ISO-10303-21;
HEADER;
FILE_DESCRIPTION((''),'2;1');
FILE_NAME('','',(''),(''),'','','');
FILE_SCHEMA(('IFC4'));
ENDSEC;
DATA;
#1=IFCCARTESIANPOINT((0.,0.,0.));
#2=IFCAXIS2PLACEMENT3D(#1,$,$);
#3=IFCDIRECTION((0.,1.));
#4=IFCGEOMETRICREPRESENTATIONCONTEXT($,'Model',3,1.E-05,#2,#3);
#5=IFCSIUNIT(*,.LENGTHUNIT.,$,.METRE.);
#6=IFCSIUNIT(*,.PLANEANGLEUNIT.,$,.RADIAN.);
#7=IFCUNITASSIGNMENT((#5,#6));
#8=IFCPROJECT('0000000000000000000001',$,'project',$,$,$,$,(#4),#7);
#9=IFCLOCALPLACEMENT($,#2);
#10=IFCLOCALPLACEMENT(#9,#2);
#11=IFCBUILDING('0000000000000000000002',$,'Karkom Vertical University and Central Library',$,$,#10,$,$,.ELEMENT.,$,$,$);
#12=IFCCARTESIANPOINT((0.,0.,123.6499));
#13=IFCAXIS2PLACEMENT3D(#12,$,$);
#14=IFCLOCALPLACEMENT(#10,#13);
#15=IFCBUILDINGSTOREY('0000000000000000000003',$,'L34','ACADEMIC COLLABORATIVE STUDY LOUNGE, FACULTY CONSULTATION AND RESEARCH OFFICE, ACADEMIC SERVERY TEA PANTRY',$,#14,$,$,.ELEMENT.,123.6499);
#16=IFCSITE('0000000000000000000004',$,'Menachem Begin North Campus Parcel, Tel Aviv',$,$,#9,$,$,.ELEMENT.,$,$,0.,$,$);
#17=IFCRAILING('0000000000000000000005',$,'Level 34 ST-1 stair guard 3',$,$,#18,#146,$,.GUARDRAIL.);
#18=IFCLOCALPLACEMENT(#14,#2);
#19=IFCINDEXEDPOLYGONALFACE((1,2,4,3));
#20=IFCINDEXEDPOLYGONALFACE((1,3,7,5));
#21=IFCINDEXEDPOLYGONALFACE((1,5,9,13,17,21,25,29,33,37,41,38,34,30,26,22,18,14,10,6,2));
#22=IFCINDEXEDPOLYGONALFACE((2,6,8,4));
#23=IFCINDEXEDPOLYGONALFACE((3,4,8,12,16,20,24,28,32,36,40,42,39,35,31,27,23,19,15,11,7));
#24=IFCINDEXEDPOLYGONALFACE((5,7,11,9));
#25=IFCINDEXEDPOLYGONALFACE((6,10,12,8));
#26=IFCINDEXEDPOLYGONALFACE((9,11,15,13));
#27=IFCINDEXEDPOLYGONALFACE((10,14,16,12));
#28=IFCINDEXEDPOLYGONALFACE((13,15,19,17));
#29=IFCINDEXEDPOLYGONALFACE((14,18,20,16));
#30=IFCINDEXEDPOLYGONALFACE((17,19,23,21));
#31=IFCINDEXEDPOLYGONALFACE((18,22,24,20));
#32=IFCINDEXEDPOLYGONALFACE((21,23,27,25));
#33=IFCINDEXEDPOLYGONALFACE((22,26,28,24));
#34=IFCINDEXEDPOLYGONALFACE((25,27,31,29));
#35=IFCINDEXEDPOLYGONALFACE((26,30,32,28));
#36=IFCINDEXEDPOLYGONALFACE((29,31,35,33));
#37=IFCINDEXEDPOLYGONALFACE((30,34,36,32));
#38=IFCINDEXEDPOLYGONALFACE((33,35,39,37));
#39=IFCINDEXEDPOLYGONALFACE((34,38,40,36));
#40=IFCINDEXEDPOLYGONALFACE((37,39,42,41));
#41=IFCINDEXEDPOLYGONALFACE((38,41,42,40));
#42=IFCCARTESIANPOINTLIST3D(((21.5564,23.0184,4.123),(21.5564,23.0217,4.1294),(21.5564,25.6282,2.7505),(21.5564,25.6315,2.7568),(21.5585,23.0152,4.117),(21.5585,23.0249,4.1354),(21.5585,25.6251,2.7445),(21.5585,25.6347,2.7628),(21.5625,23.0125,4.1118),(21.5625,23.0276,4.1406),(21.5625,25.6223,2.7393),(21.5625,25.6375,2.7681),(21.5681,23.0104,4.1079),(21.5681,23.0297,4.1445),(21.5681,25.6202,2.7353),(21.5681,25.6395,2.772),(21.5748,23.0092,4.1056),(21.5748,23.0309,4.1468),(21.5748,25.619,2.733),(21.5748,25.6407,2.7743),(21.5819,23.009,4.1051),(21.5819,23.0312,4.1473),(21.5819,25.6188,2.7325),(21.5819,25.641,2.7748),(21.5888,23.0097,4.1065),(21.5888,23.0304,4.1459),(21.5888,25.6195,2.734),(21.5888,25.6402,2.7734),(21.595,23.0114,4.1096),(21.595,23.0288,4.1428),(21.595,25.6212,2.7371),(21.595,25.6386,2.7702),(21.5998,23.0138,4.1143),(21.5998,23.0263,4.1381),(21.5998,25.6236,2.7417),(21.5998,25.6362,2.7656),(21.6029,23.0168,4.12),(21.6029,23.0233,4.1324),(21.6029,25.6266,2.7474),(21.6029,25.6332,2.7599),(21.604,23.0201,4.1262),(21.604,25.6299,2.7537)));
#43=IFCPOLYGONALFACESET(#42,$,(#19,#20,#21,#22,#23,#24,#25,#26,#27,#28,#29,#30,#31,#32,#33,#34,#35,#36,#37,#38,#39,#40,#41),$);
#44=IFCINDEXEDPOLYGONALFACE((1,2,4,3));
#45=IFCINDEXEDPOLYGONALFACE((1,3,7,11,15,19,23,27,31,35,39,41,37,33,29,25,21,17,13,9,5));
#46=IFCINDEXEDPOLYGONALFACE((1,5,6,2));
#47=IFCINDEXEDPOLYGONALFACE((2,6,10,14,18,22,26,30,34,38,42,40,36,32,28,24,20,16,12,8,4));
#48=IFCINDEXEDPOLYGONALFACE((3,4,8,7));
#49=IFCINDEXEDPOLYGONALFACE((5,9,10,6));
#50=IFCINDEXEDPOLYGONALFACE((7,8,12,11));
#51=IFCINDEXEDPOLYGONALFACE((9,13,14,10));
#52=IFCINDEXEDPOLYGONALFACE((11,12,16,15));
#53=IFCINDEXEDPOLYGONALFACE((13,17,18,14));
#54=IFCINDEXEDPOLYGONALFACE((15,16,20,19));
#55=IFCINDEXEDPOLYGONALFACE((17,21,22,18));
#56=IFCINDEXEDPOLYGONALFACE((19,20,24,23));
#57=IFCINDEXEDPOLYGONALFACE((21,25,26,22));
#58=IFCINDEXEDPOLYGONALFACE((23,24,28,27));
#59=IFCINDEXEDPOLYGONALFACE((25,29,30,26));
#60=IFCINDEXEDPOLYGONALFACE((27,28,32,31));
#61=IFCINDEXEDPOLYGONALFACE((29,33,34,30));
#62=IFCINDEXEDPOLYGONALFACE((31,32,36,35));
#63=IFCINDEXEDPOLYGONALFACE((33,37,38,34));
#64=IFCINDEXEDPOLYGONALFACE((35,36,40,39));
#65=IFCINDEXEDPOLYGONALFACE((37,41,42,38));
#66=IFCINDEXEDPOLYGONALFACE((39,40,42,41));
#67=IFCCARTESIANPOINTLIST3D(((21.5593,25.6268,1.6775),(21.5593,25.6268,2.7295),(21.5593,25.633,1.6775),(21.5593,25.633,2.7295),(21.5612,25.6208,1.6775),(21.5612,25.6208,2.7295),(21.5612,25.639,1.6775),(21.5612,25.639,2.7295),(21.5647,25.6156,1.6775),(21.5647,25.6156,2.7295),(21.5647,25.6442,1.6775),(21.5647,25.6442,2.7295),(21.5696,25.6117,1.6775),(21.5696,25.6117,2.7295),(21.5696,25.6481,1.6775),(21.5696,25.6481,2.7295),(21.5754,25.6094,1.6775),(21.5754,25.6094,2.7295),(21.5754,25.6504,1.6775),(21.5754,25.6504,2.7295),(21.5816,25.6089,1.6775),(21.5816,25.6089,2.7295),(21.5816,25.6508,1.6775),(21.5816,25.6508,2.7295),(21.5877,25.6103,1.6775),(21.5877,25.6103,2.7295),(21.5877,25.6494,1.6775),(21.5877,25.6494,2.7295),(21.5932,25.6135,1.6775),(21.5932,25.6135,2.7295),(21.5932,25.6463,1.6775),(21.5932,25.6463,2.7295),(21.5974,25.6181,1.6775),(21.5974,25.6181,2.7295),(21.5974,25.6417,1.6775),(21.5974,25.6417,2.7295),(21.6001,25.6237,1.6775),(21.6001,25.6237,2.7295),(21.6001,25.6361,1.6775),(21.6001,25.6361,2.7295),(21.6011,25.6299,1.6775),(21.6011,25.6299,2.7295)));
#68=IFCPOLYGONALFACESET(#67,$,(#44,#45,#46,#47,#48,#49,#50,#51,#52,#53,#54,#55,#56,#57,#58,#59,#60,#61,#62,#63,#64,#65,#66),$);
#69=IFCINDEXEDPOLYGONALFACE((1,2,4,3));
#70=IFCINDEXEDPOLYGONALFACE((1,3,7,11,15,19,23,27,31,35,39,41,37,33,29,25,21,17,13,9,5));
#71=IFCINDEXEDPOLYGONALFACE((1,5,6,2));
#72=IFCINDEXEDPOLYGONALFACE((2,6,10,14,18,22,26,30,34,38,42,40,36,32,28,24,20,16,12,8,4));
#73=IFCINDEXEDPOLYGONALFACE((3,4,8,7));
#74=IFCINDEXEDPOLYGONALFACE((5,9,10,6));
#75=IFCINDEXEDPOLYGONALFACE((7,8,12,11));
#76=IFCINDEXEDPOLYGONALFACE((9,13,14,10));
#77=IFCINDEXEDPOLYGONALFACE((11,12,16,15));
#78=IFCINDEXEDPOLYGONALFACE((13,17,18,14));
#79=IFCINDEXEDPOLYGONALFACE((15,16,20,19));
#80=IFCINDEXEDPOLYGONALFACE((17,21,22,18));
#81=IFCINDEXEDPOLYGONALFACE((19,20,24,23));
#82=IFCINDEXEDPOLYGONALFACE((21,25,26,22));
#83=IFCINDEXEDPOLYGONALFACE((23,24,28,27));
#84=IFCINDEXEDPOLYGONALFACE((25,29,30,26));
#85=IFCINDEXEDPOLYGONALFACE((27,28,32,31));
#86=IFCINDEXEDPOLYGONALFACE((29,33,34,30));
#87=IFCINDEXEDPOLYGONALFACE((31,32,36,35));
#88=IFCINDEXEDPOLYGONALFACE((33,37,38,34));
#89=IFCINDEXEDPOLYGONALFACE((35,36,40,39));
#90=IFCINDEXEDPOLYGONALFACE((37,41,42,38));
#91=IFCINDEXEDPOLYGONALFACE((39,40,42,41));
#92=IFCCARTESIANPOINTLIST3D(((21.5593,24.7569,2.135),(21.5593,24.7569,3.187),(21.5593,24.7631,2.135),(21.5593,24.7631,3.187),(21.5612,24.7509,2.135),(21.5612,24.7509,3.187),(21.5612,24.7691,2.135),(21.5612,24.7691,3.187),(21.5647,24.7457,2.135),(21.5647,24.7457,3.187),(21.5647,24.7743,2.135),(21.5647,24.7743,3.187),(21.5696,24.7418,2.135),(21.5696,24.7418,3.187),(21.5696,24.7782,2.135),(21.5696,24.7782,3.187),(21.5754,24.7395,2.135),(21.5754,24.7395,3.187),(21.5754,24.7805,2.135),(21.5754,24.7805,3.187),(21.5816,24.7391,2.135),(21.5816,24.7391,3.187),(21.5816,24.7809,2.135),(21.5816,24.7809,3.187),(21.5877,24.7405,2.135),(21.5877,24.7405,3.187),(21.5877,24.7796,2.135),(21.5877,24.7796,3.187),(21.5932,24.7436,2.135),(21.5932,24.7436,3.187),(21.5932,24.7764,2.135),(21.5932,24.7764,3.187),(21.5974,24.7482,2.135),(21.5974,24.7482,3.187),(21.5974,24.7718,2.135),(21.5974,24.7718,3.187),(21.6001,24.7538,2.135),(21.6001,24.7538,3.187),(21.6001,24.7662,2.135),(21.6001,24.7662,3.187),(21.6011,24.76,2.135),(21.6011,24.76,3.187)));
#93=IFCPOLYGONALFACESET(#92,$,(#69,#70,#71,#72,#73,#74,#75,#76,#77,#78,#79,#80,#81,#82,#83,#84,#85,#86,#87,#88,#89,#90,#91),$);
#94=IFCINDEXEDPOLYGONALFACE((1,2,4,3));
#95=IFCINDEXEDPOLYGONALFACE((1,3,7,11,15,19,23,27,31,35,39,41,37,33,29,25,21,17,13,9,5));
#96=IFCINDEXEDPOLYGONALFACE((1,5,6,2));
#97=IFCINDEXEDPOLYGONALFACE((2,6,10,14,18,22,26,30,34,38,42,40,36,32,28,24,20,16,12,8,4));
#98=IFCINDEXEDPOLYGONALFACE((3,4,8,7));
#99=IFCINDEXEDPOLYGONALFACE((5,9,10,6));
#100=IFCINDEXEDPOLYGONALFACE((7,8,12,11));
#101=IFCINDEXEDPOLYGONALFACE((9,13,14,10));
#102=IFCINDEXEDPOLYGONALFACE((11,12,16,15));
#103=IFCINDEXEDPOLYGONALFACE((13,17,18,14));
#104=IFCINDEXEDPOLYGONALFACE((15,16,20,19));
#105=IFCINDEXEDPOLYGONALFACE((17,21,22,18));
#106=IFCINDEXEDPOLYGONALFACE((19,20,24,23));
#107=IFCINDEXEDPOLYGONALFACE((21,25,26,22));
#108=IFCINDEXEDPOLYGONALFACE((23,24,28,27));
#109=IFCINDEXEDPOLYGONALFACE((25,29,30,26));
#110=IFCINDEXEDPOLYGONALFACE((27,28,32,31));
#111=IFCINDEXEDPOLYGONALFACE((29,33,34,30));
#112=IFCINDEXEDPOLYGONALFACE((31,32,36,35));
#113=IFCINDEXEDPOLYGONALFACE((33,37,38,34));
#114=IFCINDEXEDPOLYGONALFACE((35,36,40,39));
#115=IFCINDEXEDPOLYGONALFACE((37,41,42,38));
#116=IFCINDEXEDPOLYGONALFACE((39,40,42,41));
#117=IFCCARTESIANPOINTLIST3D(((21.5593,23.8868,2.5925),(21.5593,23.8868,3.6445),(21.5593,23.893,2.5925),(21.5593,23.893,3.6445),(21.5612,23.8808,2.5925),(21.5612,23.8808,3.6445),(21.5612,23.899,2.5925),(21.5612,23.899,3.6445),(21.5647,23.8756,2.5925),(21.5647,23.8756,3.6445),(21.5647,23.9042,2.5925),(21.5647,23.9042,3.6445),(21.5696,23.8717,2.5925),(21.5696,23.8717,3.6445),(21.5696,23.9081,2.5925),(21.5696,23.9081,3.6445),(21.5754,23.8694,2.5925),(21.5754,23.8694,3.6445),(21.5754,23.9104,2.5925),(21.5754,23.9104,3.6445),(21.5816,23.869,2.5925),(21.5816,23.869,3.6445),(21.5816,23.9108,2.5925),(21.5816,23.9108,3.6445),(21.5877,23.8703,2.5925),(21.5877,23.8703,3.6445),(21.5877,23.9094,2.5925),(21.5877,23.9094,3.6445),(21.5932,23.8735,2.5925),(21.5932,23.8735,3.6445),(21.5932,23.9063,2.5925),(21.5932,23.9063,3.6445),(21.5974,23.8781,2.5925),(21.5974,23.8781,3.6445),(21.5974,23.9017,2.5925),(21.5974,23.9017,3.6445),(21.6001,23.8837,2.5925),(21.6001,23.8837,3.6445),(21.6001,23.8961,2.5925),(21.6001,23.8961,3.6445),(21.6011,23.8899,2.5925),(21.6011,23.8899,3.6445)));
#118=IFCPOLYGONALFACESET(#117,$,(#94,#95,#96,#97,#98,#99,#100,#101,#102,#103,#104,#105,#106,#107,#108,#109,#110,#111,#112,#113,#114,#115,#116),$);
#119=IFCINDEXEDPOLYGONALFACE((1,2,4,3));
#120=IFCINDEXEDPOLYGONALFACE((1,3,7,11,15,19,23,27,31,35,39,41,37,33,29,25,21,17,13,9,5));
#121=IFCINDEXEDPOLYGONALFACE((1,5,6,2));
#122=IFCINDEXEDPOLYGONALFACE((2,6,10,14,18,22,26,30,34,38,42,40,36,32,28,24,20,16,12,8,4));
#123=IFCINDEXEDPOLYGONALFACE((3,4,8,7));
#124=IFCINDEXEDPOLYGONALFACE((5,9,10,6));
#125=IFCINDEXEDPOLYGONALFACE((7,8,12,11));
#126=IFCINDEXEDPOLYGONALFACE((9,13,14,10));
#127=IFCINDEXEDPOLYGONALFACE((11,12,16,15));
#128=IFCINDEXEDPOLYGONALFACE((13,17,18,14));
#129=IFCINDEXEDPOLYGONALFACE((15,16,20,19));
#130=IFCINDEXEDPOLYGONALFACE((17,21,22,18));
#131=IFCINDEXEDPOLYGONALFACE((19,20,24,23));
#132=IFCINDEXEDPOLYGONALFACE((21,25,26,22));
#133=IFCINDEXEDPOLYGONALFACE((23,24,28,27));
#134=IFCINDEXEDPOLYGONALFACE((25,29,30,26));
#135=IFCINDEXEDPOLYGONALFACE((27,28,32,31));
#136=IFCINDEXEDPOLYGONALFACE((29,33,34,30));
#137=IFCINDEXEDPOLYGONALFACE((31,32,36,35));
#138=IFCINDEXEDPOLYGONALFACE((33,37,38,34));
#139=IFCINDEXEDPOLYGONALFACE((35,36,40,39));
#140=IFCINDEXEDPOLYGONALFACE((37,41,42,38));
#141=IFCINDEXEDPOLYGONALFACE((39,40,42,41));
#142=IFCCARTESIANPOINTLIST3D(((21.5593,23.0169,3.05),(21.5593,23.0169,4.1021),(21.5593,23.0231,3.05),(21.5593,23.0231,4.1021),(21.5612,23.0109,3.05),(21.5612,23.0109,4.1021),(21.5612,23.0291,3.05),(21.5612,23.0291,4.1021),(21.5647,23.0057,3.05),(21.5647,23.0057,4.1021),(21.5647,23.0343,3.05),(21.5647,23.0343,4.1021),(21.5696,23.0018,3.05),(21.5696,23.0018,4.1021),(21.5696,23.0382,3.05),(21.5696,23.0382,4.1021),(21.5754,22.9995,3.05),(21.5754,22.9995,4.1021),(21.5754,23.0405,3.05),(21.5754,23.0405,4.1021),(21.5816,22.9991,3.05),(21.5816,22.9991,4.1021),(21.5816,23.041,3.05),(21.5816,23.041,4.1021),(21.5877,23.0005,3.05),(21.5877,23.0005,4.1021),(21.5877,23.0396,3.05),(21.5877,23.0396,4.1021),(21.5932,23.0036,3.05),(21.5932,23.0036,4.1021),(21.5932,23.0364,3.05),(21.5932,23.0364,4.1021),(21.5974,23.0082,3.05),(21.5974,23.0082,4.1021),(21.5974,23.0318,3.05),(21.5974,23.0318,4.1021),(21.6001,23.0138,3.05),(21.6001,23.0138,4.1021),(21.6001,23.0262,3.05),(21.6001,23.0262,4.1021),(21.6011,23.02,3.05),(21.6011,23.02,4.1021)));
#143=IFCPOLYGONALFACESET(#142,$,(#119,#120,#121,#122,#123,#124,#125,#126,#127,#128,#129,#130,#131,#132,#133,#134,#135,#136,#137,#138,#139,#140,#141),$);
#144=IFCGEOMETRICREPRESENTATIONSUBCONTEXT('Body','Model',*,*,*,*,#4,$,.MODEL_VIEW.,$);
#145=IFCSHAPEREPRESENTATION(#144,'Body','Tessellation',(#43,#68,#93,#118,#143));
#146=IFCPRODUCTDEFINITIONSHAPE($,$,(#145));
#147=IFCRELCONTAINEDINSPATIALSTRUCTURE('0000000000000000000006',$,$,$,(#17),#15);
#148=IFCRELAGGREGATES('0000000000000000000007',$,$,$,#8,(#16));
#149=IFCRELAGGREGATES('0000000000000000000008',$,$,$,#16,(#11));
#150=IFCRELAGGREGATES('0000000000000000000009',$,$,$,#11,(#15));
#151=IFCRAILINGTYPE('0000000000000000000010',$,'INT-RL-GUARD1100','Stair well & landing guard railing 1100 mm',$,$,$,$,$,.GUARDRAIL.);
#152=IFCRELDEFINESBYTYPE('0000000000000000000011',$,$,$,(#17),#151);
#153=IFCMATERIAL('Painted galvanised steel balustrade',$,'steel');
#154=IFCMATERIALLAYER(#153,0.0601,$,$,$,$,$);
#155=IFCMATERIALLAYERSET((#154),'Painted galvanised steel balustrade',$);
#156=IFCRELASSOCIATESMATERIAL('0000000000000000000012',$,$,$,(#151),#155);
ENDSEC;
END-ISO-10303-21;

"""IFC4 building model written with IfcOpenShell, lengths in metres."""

from ifc_helpers import new_model, si_unit, direction, frame, origin, origin_2d, place, context, subcontext, project, spatial, circle, extrude, material, layer, layer_set, type_object, element, save


model = new_model("IFC4")

# Units and contexts
model_context = context("Model", 3, precision=1e-05, world=origin(), true_north=direction((0.0, 1.0)))
body_context = subcontext(model_context, "Body", "Model", "MODEL_VIEW")
ifc_project = project(units=[si_unit("LENGTHUNIT", "METRE"), si_unit("PLANEANGLEUNIT", "RADIAN")], contexts=[model_context])

# Site, building, storey
site_placement = place(None, origin())
site = spatial("IfcSite", under=ifc_project, at=site_placement, Name="Menachem Begin North Campus Parcel, Tel Aviv", CompositionType="ELEMENT", RefElevation=0.0)
building_placement = place(site_placement, origin())
building = spatial("IfcBuilding", under=site, at=building_placement, Name="Karkom Vertical University and Central Library", CompositionType="ELEMENT")
storey_placement = place(building_placement, frame((0.0, 0.0, 123.6499)))
storey = spatial("IfcBuildingStorey", under=building, at=storey_placement, Name="L34", Description="ACADEMIC COLLABORATIVE STUDY LOUNGE, FACULTY CONSULTATION AND RESEARCH OFFICE, ACADEMIC SERVERY TEA PANTRY", CompositionType="ELEMENT", Elevation=123.6499)

# Railing
ifc_material_1 = material(Name="Painted galvanised steel balustrade", Category="steel")
ifc_layer_1 = layer(ifc_material_1, 0.0601)
ifc_layer_set_1 = layer_set([ifc_layer_1], Name="Painted galvanised steel balustrade")
railing_type_1 = type_object("IfcRailingType", Name="INT-RL-GUARD1100", Description="Stair well & landing guard railing 1100 mm", PredefinedType="GUARDRAIL", material=ifc_layer_set_1)
railing_1_placement = place(storey_placement, frame((21.5801, 25.6299, 1.6775)))
element("IfcRailing", 1, at=railing_1_placement, inside=storey, type_object=railing_type_1, Name="Level 34 ST-1 stair guard 3", PredefinedType="GUARDRAIL", context=body_context, shape_type="SweptSolid", body=[
    extrude(circle(Radius=0.0239, at=origin_2d()), frame((0.0, 0.0, 1.0762), z_axis=(0.0, -0.885065, 0.465467), x_axis=(1.0, 0.0, 0.0)), (0.0, 0.0, 1.0), 2.9487),
    extrude(circle(Radius=0.021, at=origin_2d()), origin(), (0.0, 0.0, 1.0), 1.052),
    extrude(circle(Radius=0.021, at=origin_2d()), frame((0.0, -0.8699, 0.4575)), (0.0, 0.0, 1.0), 1.052),
    extrude(circle(Radius=0.021, at=origin_2d()), frame((0.0, -1.74, 0.915)), (0.0, 0.0, 1.0), 1.052),
    extrude(circle(Radius=0.021, at=origin_2d()), frame((0.0, -2.6099, 1.3726)), (0.0, 0.0, 1.0), 1.052),
])

save(model, "model.ifc")
